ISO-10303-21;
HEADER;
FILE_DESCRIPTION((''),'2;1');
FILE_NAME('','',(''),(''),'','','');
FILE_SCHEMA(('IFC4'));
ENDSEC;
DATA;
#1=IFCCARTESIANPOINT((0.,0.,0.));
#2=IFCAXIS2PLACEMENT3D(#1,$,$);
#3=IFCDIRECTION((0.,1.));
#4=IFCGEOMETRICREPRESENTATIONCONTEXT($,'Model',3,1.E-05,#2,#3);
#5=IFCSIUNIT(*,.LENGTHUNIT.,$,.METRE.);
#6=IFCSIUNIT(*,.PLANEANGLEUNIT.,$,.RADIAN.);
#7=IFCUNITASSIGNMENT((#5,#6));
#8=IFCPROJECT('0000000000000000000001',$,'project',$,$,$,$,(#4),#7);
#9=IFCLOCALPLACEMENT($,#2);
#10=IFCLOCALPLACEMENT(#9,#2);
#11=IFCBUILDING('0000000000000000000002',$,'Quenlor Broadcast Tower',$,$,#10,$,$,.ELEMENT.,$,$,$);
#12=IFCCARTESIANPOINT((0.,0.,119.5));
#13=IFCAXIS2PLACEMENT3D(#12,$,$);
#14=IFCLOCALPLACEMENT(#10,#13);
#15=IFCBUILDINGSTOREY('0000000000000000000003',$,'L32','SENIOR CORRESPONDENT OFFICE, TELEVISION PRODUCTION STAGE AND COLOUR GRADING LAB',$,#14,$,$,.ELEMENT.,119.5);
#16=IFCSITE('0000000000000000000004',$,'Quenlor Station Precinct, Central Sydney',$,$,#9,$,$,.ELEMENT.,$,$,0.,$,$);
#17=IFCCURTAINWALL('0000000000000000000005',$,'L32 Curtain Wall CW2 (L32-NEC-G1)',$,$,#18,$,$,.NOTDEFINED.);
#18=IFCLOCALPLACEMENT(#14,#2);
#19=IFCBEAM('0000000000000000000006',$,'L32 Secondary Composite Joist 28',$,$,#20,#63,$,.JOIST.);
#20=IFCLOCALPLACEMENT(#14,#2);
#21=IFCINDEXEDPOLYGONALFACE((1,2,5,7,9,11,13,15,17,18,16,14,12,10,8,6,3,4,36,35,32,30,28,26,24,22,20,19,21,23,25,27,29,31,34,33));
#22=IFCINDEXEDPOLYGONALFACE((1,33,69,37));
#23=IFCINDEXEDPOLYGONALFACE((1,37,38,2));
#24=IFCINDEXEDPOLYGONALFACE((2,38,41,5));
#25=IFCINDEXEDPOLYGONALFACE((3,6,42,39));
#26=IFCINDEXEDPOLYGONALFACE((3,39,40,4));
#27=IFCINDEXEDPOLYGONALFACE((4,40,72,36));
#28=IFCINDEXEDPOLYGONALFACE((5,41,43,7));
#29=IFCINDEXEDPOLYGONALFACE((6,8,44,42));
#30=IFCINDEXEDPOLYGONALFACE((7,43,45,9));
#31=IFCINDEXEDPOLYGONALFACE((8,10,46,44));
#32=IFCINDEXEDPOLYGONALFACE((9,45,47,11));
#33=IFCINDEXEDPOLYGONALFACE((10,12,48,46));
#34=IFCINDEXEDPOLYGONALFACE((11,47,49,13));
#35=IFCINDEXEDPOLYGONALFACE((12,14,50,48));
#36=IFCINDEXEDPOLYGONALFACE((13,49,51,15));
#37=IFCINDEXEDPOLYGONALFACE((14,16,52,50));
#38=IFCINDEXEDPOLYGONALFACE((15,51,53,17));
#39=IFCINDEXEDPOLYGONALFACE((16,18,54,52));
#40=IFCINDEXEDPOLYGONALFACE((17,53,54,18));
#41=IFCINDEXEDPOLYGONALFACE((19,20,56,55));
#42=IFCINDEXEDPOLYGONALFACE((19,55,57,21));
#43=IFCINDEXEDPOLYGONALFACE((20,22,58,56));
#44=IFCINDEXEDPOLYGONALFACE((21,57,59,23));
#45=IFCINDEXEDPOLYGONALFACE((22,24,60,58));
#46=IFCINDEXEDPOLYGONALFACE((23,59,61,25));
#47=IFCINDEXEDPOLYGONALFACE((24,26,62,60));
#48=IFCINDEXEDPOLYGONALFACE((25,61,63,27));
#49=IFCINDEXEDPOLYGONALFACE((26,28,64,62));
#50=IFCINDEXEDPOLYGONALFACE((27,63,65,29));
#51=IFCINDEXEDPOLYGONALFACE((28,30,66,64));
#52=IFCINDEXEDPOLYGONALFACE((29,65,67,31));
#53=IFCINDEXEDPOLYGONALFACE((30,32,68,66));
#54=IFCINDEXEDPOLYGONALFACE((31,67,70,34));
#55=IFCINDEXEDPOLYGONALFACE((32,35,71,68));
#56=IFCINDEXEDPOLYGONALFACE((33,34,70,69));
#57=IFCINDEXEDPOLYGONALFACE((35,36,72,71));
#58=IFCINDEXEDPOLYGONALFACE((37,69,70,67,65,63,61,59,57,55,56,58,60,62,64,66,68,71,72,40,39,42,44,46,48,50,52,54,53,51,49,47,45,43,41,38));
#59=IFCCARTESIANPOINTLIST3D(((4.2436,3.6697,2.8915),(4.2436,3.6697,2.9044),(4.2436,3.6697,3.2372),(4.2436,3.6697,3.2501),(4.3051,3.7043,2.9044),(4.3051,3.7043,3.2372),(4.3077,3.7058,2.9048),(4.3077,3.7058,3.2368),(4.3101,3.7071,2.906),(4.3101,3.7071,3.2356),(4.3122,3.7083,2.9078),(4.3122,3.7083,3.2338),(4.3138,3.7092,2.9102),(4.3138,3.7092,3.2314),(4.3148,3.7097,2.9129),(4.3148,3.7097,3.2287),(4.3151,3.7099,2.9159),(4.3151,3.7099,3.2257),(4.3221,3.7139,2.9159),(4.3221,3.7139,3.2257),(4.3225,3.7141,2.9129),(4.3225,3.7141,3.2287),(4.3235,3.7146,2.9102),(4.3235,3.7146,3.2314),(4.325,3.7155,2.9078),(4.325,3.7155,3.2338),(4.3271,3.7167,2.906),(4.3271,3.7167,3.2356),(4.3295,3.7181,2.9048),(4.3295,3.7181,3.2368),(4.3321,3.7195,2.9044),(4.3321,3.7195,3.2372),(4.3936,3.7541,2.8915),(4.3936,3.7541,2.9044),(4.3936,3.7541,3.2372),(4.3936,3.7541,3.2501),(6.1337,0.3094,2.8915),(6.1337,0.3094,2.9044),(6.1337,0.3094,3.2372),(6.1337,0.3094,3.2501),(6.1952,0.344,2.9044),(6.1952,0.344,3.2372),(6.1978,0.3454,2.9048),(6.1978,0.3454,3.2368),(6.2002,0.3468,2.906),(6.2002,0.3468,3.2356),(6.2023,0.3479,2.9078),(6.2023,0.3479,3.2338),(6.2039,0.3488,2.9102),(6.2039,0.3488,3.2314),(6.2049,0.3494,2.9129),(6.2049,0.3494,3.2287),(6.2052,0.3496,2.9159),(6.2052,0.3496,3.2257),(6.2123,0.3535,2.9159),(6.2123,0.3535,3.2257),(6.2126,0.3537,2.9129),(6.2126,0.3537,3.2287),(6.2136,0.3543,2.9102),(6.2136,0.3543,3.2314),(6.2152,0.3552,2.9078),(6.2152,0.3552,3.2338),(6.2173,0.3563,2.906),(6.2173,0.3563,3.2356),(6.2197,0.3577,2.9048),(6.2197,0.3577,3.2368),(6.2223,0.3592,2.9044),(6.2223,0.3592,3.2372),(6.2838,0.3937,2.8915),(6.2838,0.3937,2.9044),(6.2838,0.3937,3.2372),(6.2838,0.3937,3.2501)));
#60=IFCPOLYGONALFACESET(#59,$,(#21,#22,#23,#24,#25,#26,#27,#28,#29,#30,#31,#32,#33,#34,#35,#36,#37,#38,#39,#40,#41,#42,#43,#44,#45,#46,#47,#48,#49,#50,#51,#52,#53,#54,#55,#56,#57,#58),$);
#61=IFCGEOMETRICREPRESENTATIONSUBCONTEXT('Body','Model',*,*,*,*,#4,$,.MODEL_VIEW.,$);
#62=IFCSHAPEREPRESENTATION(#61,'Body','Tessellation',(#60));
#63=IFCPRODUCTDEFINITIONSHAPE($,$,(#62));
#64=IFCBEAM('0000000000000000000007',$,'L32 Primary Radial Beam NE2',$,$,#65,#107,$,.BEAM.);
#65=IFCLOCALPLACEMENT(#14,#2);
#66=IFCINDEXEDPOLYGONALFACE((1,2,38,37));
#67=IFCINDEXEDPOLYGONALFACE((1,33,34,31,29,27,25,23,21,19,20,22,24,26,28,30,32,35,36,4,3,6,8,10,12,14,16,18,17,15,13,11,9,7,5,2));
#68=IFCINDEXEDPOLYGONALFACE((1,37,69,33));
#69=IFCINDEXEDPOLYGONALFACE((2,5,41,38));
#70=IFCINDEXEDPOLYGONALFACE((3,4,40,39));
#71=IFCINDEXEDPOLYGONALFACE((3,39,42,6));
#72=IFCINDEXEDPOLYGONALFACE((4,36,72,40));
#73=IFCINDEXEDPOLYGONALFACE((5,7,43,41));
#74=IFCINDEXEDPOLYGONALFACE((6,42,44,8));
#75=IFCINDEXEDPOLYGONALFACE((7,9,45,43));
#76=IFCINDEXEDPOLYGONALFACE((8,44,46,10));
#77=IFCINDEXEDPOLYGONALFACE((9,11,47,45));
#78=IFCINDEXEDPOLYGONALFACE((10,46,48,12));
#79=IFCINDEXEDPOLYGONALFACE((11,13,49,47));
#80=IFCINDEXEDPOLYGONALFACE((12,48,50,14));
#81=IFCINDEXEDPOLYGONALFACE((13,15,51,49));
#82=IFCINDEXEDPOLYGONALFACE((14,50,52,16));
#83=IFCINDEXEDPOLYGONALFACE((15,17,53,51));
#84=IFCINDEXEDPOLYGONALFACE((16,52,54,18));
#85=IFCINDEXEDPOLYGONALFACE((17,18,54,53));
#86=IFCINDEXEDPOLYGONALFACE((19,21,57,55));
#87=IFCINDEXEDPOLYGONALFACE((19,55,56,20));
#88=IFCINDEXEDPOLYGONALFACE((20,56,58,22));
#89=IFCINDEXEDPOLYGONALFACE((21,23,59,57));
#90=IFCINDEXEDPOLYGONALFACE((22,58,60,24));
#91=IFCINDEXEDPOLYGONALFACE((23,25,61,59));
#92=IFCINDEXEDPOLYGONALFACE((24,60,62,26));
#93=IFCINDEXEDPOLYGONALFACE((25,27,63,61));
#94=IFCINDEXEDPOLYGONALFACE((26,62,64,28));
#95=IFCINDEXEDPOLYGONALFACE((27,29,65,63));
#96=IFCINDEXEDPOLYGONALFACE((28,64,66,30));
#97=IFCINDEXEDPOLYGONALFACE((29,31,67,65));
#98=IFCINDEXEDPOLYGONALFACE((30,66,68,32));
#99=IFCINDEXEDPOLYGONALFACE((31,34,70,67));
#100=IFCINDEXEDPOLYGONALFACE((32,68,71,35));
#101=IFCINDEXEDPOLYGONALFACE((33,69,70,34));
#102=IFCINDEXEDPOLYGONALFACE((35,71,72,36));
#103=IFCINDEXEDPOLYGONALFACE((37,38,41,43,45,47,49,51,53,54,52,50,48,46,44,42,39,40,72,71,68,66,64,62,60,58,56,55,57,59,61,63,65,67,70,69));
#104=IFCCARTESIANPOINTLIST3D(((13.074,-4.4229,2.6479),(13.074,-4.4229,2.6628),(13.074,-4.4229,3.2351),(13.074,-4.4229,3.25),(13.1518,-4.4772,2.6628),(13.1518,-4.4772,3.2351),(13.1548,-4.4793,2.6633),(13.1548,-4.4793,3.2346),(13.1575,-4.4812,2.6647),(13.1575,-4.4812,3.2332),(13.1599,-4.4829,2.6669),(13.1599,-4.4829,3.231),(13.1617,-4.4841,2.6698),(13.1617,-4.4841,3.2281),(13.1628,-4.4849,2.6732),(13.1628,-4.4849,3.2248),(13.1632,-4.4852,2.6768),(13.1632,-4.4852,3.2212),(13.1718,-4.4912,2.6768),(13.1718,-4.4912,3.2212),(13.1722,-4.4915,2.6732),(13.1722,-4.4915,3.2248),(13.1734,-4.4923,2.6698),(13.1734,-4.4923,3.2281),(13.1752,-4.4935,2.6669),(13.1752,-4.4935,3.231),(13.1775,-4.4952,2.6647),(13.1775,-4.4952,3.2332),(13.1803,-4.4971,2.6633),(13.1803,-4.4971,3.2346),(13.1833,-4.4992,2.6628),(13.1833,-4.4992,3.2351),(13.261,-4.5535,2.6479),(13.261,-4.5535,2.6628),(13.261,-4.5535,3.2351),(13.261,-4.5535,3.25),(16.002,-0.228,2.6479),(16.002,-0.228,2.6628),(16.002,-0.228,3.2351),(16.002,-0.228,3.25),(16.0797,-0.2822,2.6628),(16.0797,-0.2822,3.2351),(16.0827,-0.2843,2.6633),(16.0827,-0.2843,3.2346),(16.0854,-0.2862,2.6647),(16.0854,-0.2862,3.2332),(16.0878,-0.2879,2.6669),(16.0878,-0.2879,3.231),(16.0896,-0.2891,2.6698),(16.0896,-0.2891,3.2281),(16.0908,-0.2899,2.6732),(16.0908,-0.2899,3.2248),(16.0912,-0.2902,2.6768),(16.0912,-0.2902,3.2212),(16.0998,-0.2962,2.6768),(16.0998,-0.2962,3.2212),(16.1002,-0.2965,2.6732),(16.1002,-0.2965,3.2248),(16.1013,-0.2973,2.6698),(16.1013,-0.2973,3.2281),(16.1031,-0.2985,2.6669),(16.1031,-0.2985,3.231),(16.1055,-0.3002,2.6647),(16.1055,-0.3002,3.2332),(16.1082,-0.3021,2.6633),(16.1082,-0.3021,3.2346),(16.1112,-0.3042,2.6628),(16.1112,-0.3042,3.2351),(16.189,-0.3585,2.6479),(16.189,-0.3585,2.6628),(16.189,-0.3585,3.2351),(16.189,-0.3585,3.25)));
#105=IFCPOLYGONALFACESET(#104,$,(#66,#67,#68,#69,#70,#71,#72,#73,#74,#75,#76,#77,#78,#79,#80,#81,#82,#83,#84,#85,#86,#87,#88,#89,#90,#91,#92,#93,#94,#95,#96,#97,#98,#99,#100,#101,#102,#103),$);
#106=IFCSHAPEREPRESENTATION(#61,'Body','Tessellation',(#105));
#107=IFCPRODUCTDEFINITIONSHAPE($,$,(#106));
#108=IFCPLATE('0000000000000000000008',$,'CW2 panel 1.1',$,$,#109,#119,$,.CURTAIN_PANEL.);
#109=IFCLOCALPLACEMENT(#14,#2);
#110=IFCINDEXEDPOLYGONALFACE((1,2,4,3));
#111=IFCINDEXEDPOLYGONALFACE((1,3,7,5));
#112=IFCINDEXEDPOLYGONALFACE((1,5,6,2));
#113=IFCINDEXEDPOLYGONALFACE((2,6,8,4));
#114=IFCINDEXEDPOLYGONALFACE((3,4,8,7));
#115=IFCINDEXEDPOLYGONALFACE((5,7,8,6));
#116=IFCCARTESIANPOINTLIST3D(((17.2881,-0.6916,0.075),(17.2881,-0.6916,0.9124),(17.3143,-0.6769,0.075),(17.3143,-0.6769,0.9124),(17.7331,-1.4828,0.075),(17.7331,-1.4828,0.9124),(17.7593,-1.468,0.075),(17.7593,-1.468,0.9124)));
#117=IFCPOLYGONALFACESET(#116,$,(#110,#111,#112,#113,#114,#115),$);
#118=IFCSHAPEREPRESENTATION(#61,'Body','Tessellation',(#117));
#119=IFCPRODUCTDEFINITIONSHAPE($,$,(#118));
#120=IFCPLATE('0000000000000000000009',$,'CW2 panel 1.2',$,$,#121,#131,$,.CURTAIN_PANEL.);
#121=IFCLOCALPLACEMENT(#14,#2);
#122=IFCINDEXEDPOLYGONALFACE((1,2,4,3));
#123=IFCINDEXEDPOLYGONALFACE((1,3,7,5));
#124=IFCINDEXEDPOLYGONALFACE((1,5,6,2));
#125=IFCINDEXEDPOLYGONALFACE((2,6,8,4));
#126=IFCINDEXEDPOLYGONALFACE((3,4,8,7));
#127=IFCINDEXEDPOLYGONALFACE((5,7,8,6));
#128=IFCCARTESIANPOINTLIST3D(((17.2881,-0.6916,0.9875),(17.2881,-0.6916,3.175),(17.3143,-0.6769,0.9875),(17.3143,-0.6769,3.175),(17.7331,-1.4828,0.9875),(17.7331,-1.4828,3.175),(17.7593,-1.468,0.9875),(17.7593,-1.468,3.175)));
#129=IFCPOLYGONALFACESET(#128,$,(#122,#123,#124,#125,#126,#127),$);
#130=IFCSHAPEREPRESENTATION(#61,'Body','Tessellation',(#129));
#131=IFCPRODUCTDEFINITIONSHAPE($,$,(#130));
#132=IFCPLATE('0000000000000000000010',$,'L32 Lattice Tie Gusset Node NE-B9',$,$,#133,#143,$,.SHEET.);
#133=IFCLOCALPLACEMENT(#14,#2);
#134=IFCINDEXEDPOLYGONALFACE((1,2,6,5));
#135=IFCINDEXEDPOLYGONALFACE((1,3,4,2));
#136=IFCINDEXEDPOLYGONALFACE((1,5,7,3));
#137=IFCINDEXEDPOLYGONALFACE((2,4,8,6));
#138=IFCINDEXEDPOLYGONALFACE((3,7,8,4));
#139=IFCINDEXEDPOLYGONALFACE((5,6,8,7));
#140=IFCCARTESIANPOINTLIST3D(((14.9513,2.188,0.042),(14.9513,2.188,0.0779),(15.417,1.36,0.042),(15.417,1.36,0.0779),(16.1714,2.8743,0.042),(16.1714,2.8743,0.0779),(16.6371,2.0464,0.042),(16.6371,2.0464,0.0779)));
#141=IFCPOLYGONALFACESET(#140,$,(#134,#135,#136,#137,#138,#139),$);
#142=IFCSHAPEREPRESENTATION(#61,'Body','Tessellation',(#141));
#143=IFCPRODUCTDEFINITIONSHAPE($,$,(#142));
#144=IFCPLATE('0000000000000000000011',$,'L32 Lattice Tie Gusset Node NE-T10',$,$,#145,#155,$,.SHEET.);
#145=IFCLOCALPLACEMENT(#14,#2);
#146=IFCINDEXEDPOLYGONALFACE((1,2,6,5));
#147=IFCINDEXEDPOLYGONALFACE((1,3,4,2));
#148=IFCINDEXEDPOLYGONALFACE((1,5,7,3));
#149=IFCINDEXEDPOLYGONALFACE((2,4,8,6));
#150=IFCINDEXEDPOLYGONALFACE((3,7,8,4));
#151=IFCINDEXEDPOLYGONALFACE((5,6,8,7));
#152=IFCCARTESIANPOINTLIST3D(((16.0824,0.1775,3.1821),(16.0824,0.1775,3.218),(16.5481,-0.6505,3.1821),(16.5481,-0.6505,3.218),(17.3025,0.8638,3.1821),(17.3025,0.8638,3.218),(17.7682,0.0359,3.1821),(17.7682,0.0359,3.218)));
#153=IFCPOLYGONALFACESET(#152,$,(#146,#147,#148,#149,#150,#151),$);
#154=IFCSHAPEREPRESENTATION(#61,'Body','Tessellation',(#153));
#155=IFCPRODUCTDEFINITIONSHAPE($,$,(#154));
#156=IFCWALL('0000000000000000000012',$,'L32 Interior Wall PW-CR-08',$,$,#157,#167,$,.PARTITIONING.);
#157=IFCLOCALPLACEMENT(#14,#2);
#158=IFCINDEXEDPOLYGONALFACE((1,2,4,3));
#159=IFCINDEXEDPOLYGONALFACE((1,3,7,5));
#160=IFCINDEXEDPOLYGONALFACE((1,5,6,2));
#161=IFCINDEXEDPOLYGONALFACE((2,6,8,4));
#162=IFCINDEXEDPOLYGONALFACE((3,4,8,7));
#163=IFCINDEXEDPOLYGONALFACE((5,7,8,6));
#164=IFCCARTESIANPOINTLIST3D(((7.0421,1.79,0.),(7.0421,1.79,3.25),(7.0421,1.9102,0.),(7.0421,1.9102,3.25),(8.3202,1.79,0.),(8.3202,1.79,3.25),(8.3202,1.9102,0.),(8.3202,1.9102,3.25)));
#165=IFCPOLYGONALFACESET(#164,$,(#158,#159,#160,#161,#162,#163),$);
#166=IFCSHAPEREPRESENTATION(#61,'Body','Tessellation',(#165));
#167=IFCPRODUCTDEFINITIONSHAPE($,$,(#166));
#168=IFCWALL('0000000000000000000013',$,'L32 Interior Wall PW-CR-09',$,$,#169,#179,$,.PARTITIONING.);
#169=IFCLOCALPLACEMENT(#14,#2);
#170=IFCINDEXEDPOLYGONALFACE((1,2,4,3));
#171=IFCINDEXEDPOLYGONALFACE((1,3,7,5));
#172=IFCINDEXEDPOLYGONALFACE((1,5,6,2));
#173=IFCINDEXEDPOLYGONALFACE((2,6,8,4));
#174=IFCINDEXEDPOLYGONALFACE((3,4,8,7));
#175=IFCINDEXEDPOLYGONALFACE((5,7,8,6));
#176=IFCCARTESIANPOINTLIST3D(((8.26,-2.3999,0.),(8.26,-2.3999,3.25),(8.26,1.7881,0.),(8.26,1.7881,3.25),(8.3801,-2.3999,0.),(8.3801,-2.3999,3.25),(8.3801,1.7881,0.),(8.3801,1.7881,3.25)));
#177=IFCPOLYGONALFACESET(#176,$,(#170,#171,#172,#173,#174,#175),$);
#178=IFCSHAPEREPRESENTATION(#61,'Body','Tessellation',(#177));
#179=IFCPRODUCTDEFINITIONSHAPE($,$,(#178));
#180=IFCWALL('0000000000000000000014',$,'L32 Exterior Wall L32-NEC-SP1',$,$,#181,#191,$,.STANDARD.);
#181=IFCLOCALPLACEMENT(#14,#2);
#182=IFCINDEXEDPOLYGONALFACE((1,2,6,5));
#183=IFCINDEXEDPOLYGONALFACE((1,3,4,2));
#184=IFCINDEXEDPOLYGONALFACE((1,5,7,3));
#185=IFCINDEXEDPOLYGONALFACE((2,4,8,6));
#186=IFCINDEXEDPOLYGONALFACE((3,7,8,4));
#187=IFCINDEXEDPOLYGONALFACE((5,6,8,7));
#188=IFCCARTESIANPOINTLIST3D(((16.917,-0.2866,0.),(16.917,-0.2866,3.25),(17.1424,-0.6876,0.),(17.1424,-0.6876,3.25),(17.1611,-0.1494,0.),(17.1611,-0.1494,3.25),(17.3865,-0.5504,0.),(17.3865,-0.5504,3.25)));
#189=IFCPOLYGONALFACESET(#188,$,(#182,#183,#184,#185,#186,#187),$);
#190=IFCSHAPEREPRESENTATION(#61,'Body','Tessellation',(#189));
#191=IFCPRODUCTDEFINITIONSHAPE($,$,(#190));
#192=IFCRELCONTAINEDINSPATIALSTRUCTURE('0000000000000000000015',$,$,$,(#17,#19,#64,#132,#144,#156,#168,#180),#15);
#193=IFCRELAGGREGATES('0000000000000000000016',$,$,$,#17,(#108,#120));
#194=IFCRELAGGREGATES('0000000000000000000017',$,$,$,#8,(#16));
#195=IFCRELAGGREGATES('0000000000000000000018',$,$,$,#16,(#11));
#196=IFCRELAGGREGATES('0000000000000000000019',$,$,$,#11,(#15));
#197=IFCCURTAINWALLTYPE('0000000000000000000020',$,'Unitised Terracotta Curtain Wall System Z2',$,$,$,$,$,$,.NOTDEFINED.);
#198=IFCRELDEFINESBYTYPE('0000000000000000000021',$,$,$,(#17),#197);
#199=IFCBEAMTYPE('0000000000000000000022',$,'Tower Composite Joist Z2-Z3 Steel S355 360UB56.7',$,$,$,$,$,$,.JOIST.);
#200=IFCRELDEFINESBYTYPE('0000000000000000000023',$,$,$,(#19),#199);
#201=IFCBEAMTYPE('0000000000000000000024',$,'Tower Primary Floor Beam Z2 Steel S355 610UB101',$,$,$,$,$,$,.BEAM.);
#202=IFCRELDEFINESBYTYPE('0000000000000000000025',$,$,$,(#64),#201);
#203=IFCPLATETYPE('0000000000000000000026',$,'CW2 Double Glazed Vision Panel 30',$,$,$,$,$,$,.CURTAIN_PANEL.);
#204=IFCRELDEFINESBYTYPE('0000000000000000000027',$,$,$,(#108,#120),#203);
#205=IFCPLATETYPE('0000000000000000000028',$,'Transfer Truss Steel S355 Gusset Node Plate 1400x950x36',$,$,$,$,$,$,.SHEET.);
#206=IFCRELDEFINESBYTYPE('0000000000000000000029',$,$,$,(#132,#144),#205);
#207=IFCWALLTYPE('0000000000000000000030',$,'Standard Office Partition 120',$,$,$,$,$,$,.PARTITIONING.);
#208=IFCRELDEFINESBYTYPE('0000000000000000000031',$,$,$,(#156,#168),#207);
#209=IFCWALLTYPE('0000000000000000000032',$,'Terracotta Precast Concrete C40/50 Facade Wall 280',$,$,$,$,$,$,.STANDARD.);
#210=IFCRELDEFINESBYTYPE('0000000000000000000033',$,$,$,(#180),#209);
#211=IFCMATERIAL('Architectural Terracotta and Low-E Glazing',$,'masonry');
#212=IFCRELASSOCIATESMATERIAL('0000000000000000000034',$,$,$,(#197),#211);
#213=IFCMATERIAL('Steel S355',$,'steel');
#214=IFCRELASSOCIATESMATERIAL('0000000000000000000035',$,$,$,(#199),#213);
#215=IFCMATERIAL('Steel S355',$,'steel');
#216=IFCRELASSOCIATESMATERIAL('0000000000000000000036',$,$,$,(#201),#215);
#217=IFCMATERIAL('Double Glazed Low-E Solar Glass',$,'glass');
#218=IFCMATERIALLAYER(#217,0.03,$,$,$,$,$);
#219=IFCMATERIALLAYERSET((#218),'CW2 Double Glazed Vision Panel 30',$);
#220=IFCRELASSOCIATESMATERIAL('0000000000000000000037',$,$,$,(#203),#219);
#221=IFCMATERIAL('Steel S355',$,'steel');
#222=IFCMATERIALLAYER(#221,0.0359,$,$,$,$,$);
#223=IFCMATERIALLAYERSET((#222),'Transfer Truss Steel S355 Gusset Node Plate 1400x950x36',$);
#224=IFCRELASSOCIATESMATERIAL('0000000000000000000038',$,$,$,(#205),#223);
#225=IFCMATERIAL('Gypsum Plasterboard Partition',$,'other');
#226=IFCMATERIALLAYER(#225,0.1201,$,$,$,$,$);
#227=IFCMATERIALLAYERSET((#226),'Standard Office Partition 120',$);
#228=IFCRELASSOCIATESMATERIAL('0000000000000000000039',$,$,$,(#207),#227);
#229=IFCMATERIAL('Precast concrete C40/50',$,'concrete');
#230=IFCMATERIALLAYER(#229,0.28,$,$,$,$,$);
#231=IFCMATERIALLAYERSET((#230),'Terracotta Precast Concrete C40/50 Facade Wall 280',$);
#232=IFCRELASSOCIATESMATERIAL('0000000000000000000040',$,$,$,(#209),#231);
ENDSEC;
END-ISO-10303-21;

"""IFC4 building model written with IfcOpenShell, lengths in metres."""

from ifc_helpers import new_model, si_unit, direction, frame, frame_2d, origin, origin_2d, place, context, subcontext, project, spatial, rectangle, i_section, extrude, material, layer, layer_set, material_profile, profile_set, type_object, element, aggregate, save


model = new_model("IFC4")

# Units and contexts
model_context = context("Model", 3, precision=1e-05, world=origin(), true_north=direction((0.0, 1.0)))
body_context = subcontext(model_context, "Body", "Model", "MODEL_VIEW")
ifc_project = project(units=[si_unit("LENGTHUNIT", "METRE"), si_unit("PLANEANGLEUNIT", "RADIAN")], contexts=[model_context])

# Site, building, storey
site_placement = place(None, origin())
site = spatial("IfcSite", under=ifc_project, at=site_placement, Name="Quenlor Station Precinct, Central Sydney", CompositionType="ELEMENT", RefElevation=0.0)
building_placement = place(site_placement, origin())
building = spatial("IfcBuilding", under=site, at=building_placement, Name="Quenlor Broadcast Tower", CompositionType="ELEMENT")
storey_placement = place(building_placement, frame((0.0, 0.0, 119.5)))
storey = spatial("IfcBuildingStorey", under=building, at=storey_placement, Name="L32", Description="SENIOR CORRESPONDENT OFFICE, TELEVISION PRODUCTION STAGE AND COLOUR GRADING LAB", CompositionType="ELEMENT", Elevation=119.5)

# Curtain wall
ifc_material_1 = material(Name="Architectural Terracotta and Low-E Glazing", Category="masonry")
curtain_wall_type = type_object("IfcCurtainWallType", Name="Unitised Terracotta Curtain Wall System Z2", PredefinedType="NOTDEFINED", material=ifc_material_1)
curtain_wall_placement = place(storey_placement, origin())
curtain_wall = element("IfcCurtainWall", 1, at=curtain_wall_placement, inside=storey, type_object=curtain_wall_type, Name="L32 Curtain Wall CW2 (L32-NEC-G1)", PredefinedType="NOTDEFINED")

# Beams
ifc_material_2 = material(Name="Steel S355", Category="steel")
ifc_material_profile_1 = material_profile(ifc_material_2, i_section(OverallWidth=0.1721, OverallDepth=0.3586, WebThickness=0.0081, FlangeThickness=0.0129, FilletRadius=0.0115, at=origin_2d()))
ifc_profile_set_1 = profile_set([ifc_material_profile_1], Name="Steel S355 360UB56.7")
beam_type_1 = type_object("IfcBeamType", Name="Tower Composite Joist Z2-Z3 Steel S355 360UB56.7", PredefinedType="JOIST", material=ifc_profile_set_1)
beam_1_placement = place(storey_placement, frame((4.3186, 3.7119, 3.0708), z_axis=(0.490249, -0.871582, 0.0), x_axis=(0.871582, 0.490249, 0.0)))
element("IfcBeam", 2, at=beam_1_placement, inside=storey, type_object=beam_type_1, Name="L32 Secondary Composite Joist 28", PredefinedType="JOIST", context=body_context, shape_type="SweptSolid", body=[
    extrude(i_section(OverallWidth=0.1721, OverallDepth=0.3586, WebThickness=0.0081, FlangeThickness=0.0129, FilletRadius=0.0115, at=origin_2d()), origin(), (0.0, 0.0, 1.0), 3.8555),
])
ifc_material_3 = material(Name="Steel S355", Category="steel")
ifc_material_profile_2 = material_profile(ifc_material_3, i_section(OverallWidth=0.228, OverallDepth=0.6021, WebThickness=0.0105, FlangeThickness=0.0149, FilletRadius=0.0139, at=origin_2d()))
ifc_profile_set_2 = profile_set([ifc_material_profile_2], Name="Steel S355 610UB101")
beam_type_2 = type_object("IfcBeamType", Name="Tower Primary Floor Beam Z2 Steel S355 610UB101", PredefinedType="BEAM", material=ifc_profile_set_2)
beam_2_placement = place(storey_placement, frame((16.0955, -0.2932, 2.949), z_axis=(-0.572338, -0.820018, 0.0), x_axis=(0.820018, -0.572338, 0.0)))
element("IfcBeam", 3, at=beam_2_placement, inside=storey, type_object=beam_type_2, Name="L32 Primary Radial Beam NE2", PredefinedType="BEAM", context=body_context, shape_type="SweptSolid", body=[
    extrude(i_section(OverallWidth=0.228, OverallDepth=0.6021, WebThickness=0.0105, FlangeThickness=0.0149, FilletRadius=0.0139, at=origin_2d()), origin(), (0.0, 0.0, 1.0), 5.1157),
])

# Plates
ifc_material_4 = material(Name="Double Glazed Low-E Solar Glass", Category="glass")
ifc_layer_1 = layer(ifc_material_4, 0.03)
ifc_layer_set_1 = layer_set([ifc_layer_1], Name="CW2 Double Glazed Vision Panel 30")
plate_type_1 = type_object("IfcPlateType", Name="CW2 Double Glazed Vision Panel 30", PredefinedType="CURTAIN_PANEL", material=ifc_layer_set_1)
plate_1_placement = place(storey_placement, frame((17.5237, -1.0798, 0.075), z_axis=(0.0, 0.0, 1.0), x_axis=(0.490252, -0.871581, 0.0)))
plate_1 = element("IfcPlate", 4, at=plate_1_placement, type_object=plate_type_1, Name="CW2 panel 1.1", PredefinedType="CURTAIN_PANEL", context=body_context, shape_type="SweptSolid", body=[
    extrude(rectangle(XDim=0.9077, YDim=0.03, at=origin_2d()), origin(), (0.0, 0.0, 1.0), 0.8374),
])
plate_2_placement = place(storey_placement, frame((17.5237, -1.0798, 0.9875), z_axis=(0.0, 0.0, 1.0), x_axis=(0.490252, -0.871581, 0.0)))
plate_2 = element("IfcPlate", 5, at=plate_2_placement, type_object=plate_type_1, Name="CW2 panel 1.2", PredefinedType="CURTAIN_PANEL", context=body_context, shape_type="SweptSolid", body=[
    extrude(rectangle(XDim=0.9077, YDim=0.03, at=origin_2d()), origin(), (0.0, 0.0, 1.0), 2.1875),
])
aggregate(curtain_wall, [plate_1, plate_2])

# Plates
ifc_material_5 = material(Name="Steel S355", Category="steel")
ifc_layer_2 = layer(ifc_material_5, 0.0359)
ifc_layer_set_2 = layer_set([ifc_layer_2], Name="Transfer Truss Steel S355 Gusset Node Plate 1400x950x36")
plate_type_2 = type_object("IfcPlateType", Name="Transfer Truss Steel S355 Gusset Node Plate 1400x950x36", PredefinedType="SHEET", material=ifc_layer_set_2)
for number, where, z_axis, x_axis, name in (
    (6, (15.7942, 2.1172, 0.042), (0.0, 0.0, 1.0), (0.871556, 0.490295, 0.0), "L32 Lattice Tie Gusset Node NE-B9"),
    (7, (16.9253, 0.1067, 3.1821), (0.0, 0.0, 1.0), (0.871556, 0.490295, 0.0), "L32 Lattice Tie Gusset Node NE-T10"),
):
    element("IfcPlate", number, at=place(storey_placement, frame(where, z_axis=z_axis, x_axis=x_axis)), inside=storey, type_object=plate_type_2, Name=name, PredefinedType="SHEET", context=body_context, shape_type="SweptSolid", body=[
        extrude(rectangle(XDim=1.3999, YDim=0.95, at=origin_2d()), origin(), (0.0, 0.0, 1.0), 0.0359),
    ])

# Walls
ifc_material_6 = material(Name="Gypsum Plasterboard Partition", Category="other")
ifc_layer_3 = layer(ifc_material_6, 0.1201)
ifc_layer_set_3 = layer_set([ifc_layer_3], Name="Standard Office Partition 120")
wall_type_1 = type_object("IfcWallType", Name="Standard Office Partition 120", PredefinedType="PARTITIONING", material=ifc_layer_set_3)
wall_1_placement = place(storey_placement, frame((7.042, 1.8501, 0.0), z_axis=(0.0, 0.0, 1.0), x_axis=(1.0, 0.0, 0.0)))
element("IfcWall", 8, at=wall_1_placement, inside=storey, type_object=wall_type_1, Name="L32 Interior Wall PW-CR-08", PredefinedType="PARTITIONING", context=body_context, shape_type="SweptSolid", body=[
    extrude(rectangle(XDim=1.2781, YDim=0.1201, at=frame_2d((0.6392, 0.0))), origin(), (0.0, 0.0, 1.0), 3.25),
])
wall_2_placement = place(storey_placement, frame((8.3201, 1.7881, 0.0), z_axis=(0.0, 0.0, 1.0), x_axis=(0.0, -1.0, 0.0)))
element("IfcWall", 9, at=wall_2_placement, inside=storey, type_object=wall_type_1, Name="L32 Interior Wall PW-CR-09", PredefinedType="PARTITIONING", context=body_context, shape_type="SweptSolid", body=[
    extrude(rectangle(XDim=4.188, YDim=0.1201, at=frame_2d((2.094, 0.0))), origin(), (0.0, 0.0, 1.0), 3.25),
])
ifc_material_7 = material(Name="Precast concrete C40/50", Category="concrete")
ifc_layer_4 = layer(ifc_material_7, 0.28)
ifc_layer_set_4 = layer_set([ifc_layer_4], Name="Terracotta Precast Concrete C40/50 Facade Wall 280")
wall_type_2 = type_object("IfcWallType", Name="Terracotta Precast Concrete C40/50 Facade Wall 280", PredefinedType="STANDARD", material=ifc_layer_set_4)
wall_3_placement = place(storey_placement, frame((17.0391, -0.218, 0.0), z_axis=(0.0, 0.0, 1.0), x_axis=(0.490009, -0.871717, 0.0)))
element("IfcWall", 10, at=wall_3_placement, inside=storey, type_object=wall_type_2, Name="L32 Exterior Wall L32-NEC-SP1", PredefinedType="STANDARD", context=body_context, shape_type="SweptSolid", body=[
    extrude(rectangle(XDim=0.46, YDim=0.28, at=frame_2d((0.23, 0.0))), origin(), (0.0, 0.0, 1.0), 3.25),
])

save(model, "model.ifc")
